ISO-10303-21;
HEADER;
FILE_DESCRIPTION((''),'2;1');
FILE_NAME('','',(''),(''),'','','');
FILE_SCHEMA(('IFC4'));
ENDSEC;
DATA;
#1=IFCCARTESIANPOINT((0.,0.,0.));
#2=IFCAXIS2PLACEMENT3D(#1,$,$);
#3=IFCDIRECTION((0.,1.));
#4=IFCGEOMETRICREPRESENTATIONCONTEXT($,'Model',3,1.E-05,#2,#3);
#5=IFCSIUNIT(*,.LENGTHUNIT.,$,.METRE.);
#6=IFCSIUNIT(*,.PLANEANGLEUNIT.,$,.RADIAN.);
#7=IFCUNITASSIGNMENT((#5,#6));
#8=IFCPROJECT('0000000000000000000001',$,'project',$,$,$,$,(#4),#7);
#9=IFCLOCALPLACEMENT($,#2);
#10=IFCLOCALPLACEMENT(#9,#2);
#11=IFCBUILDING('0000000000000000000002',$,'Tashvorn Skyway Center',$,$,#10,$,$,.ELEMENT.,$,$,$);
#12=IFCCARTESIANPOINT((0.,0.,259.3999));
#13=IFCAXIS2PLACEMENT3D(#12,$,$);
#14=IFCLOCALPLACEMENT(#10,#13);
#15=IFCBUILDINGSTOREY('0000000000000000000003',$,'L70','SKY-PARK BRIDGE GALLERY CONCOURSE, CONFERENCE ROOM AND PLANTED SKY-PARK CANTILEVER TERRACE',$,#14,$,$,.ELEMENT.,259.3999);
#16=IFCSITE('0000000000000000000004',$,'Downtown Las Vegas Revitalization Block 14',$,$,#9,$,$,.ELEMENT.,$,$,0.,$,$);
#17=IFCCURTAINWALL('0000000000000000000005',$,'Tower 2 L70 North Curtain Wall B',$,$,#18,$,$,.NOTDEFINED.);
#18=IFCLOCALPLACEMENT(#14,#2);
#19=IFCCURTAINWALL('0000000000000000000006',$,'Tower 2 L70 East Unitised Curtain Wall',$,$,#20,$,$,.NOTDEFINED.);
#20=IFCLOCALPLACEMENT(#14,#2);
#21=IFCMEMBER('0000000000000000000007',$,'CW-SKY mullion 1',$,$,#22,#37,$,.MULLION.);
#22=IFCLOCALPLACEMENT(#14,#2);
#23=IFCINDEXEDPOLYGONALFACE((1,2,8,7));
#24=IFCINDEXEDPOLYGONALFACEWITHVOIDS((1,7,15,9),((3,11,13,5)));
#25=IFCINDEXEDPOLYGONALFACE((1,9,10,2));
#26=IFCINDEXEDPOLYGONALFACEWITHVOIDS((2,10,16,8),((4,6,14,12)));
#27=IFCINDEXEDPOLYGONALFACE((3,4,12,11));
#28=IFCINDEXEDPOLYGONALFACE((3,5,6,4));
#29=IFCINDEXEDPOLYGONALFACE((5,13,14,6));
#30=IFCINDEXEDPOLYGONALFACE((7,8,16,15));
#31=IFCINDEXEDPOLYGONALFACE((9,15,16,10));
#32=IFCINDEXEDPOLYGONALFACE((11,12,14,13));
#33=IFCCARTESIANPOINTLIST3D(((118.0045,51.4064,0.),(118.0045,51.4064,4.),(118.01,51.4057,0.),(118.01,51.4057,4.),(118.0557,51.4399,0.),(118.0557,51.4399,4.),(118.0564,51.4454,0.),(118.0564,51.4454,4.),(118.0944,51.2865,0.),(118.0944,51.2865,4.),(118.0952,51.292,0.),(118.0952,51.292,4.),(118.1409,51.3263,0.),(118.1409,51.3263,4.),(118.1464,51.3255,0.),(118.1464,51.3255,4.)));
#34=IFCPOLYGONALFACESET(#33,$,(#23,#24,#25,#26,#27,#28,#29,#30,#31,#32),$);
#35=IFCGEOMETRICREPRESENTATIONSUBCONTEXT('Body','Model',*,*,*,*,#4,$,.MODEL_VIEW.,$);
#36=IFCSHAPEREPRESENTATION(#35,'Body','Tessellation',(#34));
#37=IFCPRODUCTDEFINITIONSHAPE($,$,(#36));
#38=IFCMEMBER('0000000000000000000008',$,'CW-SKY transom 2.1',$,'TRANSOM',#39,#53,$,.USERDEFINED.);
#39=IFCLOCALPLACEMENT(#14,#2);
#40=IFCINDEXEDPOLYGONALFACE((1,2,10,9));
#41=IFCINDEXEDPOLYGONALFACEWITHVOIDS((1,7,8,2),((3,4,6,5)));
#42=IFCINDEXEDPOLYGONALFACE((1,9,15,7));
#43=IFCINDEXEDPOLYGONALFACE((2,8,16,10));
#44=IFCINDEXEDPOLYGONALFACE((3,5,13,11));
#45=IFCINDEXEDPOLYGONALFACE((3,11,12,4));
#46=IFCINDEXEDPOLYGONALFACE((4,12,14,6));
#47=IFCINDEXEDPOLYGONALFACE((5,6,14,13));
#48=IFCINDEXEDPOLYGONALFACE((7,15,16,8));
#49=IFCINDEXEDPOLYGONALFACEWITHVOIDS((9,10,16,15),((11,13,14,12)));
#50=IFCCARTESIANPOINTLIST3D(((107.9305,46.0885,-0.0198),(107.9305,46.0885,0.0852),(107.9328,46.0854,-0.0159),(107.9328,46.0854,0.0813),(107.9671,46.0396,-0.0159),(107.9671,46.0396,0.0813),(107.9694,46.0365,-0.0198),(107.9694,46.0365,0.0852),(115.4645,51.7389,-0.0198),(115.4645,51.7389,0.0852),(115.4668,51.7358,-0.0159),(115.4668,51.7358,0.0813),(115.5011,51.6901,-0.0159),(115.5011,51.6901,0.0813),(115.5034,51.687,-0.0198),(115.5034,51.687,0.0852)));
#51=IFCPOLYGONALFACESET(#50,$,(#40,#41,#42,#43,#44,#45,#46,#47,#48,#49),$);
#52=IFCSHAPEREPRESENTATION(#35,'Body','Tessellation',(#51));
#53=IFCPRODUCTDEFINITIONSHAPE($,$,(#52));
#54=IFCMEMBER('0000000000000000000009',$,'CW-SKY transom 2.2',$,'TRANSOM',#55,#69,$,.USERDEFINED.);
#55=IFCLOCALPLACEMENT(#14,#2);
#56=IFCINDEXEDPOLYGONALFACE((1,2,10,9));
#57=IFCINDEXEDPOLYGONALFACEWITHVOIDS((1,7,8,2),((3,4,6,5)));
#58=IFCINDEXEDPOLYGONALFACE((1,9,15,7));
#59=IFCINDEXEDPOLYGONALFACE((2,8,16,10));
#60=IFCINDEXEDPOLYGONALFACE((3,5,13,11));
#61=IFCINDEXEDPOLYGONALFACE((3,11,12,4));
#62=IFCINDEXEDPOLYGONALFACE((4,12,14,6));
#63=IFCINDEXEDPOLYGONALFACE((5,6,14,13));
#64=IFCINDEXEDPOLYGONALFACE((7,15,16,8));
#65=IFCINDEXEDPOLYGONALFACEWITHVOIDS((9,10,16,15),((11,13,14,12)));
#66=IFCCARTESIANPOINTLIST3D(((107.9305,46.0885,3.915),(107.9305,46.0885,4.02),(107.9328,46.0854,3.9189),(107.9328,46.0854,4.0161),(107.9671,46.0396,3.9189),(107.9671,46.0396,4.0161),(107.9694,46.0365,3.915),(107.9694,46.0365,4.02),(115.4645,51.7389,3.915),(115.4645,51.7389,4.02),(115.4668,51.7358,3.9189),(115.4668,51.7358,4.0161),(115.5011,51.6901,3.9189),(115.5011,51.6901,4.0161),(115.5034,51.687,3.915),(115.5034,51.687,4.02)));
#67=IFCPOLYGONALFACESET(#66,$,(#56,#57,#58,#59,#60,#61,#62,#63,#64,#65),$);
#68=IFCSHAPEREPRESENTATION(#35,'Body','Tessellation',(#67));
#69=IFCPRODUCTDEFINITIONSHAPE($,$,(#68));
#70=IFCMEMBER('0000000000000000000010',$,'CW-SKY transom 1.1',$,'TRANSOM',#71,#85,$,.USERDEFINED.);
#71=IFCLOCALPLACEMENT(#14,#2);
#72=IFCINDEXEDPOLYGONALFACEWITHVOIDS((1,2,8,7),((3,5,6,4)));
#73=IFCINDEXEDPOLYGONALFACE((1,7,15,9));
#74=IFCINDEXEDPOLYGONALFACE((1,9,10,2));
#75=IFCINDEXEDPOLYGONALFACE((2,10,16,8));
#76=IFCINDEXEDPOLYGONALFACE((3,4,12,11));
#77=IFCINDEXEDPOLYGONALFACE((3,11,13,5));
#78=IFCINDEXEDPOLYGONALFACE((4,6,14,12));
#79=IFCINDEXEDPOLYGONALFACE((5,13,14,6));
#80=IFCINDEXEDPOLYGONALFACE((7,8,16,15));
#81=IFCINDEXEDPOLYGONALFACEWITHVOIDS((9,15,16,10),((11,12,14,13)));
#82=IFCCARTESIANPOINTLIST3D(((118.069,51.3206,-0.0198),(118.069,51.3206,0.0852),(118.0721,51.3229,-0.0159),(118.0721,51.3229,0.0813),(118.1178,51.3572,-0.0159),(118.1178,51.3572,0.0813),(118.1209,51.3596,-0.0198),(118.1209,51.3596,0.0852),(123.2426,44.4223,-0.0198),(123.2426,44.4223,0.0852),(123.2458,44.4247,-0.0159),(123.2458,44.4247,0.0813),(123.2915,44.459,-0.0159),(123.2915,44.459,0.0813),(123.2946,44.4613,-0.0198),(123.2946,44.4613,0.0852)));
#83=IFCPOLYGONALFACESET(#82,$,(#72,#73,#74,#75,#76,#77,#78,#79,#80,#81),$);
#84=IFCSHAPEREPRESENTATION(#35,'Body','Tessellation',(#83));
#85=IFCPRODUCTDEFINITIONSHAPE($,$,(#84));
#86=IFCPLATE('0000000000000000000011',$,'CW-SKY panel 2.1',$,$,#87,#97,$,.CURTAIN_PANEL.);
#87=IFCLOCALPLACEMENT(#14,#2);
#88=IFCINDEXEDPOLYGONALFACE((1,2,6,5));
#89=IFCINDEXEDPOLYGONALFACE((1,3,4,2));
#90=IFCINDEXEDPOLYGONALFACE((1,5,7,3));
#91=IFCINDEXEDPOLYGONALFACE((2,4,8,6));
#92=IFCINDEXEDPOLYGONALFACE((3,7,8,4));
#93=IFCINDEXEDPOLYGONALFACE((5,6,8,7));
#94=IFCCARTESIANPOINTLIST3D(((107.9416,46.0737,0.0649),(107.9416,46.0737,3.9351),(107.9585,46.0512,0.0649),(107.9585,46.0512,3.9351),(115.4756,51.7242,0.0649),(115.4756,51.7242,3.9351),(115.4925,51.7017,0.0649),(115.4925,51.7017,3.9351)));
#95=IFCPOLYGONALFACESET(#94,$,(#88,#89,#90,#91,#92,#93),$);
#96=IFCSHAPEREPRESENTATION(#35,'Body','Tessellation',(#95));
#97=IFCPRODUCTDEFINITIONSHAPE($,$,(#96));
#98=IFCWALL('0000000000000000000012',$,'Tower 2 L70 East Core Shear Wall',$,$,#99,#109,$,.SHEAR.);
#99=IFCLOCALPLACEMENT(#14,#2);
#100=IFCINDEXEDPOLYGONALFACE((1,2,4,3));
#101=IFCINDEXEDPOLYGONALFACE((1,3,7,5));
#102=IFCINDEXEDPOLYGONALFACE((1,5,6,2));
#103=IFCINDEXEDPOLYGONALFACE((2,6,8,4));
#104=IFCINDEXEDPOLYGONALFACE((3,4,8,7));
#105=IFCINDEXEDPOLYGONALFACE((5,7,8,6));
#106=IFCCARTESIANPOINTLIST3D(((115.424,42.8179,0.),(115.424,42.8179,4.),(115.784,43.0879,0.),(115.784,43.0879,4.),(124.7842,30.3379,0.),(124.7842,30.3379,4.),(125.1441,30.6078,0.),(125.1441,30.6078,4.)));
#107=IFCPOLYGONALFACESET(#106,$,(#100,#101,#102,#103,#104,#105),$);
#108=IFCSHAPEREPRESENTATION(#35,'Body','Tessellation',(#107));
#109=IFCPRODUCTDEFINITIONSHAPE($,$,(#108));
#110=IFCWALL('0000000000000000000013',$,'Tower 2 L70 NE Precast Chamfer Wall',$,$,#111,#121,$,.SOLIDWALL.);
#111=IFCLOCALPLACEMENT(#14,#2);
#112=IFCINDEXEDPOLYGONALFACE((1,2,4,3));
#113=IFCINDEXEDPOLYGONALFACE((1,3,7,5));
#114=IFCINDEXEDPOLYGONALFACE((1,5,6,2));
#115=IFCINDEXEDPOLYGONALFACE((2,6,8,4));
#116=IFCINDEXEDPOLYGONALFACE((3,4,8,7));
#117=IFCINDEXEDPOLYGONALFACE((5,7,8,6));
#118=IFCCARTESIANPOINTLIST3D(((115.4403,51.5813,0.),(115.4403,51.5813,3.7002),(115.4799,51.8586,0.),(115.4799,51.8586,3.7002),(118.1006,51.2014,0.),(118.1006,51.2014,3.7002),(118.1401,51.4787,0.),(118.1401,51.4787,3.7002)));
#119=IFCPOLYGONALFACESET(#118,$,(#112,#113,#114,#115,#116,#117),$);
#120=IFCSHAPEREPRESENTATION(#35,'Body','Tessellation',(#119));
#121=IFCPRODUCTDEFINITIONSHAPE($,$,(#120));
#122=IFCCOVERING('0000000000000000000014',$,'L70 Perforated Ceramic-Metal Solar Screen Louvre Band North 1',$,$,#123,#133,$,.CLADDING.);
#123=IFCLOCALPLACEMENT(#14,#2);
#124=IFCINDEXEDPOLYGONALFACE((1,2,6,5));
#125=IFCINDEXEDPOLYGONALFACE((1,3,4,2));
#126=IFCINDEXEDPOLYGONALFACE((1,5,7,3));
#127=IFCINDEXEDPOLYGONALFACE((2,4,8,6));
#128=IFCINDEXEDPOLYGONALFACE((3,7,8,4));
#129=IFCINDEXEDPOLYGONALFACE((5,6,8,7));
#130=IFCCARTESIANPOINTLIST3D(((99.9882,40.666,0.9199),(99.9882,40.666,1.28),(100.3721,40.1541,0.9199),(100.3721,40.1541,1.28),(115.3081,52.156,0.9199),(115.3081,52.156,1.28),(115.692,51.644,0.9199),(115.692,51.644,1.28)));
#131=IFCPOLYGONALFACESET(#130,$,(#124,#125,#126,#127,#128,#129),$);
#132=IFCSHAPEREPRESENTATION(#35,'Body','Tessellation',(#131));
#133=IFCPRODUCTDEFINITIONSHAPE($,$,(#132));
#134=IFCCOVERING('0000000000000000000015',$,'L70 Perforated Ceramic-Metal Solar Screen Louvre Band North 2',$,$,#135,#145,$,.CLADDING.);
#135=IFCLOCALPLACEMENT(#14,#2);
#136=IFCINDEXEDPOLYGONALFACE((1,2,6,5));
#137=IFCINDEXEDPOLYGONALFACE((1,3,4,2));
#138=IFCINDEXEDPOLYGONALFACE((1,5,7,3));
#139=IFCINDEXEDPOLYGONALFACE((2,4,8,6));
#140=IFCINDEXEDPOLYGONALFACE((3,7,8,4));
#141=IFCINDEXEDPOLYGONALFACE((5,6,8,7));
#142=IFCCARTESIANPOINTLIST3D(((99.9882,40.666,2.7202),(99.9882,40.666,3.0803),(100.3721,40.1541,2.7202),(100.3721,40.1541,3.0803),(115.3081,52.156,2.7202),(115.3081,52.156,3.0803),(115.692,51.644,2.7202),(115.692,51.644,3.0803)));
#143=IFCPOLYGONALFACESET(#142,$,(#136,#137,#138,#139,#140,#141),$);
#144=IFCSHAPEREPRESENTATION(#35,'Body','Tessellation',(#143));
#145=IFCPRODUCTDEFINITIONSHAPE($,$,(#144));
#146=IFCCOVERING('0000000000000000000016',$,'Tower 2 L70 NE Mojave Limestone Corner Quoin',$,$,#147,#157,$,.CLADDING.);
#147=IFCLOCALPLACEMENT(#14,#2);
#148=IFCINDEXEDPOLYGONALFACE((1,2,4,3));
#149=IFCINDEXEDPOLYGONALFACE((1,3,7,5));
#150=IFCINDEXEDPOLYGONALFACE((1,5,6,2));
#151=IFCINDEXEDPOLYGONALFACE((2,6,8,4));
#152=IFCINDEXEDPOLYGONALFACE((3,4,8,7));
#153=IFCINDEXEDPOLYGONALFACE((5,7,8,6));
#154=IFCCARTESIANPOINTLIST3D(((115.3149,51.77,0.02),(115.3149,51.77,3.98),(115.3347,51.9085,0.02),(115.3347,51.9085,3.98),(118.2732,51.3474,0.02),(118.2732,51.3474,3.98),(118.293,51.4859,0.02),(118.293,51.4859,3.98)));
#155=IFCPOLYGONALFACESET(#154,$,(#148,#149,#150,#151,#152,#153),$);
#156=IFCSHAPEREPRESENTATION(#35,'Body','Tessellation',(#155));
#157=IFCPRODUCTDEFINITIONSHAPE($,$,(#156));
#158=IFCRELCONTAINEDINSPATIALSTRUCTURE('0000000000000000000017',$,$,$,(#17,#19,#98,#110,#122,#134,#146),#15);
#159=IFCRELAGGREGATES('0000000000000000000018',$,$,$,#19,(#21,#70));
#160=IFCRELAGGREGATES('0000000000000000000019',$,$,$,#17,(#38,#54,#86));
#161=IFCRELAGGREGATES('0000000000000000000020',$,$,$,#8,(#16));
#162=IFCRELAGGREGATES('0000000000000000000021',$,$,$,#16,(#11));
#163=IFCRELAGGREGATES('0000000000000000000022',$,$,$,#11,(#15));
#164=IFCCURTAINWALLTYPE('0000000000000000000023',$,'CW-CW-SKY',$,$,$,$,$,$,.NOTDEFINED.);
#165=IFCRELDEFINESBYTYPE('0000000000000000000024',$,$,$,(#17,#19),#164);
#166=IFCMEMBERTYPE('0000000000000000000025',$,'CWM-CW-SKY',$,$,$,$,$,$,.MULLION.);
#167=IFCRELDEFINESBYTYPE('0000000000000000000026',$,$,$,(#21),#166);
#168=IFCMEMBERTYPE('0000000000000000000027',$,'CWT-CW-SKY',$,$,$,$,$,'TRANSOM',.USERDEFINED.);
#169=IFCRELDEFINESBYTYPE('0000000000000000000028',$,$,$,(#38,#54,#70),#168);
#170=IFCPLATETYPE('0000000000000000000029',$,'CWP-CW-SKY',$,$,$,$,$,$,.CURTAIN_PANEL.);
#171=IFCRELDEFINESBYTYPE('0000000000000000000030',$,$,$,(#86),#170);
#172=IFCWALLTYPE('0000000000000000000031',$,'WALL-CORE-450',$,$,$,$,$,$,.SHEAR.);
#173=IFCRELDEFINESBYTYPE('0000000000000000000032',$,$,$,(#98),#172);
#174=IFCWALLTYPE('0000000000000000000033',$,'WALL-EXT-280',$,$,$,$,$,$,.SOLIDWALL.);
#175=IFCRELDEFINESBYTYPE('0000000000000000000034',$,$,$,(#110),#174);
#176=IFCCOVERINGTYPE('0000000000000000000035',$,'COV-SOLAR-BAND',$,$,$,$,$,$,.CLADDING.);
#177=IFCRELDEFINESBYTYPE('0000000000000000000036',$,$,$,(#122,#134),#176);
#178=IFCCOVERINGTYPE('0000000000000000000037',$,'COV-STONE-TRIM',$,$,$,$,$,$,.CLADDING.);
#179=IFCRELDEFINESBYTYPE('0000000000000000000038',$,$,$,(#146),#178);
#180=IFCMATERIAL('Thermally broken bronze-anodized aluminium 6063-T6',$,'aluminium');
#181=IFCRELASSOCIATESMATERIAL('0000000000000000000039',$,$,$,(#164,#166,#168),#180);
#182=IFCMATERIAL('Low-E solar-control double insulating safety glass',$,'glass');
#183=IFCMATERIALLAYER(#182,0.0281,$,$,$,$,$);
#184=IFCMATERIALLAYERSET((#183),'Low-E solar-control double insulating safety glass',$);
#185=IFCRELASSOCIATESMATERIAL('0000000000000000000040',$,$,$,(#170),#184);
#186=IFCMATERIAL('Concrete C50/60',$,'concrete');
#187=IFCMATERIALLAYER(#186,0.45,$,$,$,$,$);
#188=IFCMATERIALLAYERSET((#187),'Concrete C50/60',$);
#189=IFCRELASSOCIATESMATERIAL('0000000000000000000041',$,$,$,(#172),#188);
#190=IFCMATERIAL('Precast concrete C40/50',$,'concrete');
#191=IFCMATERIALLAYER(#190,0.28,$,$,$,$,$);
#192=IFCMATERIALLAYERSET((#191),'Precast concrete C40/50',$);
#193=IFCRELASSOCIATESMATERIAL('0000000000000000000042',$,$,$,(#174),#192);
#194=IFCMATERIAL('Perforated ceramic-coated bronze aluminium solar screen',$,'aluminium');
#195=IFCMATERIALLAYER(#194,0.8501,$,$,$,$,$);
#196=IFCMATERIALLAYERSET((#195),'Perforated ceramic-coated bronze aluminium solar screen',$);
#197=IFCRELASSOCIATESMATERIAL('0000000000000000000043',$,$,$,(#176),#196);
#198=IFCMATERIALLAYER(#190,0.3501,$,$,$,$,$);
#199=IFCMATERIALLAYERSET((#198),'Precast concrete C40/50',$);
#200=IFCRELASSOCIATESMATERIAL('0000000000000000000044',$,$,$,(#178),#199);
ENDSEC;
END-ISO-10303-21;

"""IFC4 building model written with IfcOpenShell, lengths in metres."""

from ifc_helpers import new_model, si_unit, direction, frame, frame_2d, origin, origin_2d, place, context, subcontext, project, spatial, rectangle, hollow_rectangle, extrude, material, layer, layer_set, material_profile, profile_set, type_object, element, aggregate, save


model = new_model("IFC4")

# Units and contexts
model_context = context("Model", 3, precision=1e-05, world=origin(), true_north=direction((0.0, 1.0)))
body_context = subcontext(model_context, "Body", "Model", "MODEL_VIEW")
ifc_project = project(units=[si_unit("LENGTHUNIT", "METRE"), si_unit("PLANEANGLEUNIT", "RADIAN")], contexts=[model_context])

# Site, building, storey
site_placement = place(None, origin())
site = spatial("IfcSite", under=ifc_project, at=site_placement, Name="Downtown Las Vegas Revitalization Block 14", CompositionType="ELEMENT", RefElevation=0.0)
building_placement = place(site_placement, origin())
building = spatial("IfcBuilding", under=site, at=building_placement, Name="Tashvorn Skyway Center", CompositionType="ELEMENT")
storey_placement = place(building_placement, frame((0.0, 0.0, 259.3999)))
storey = spatial("IfcBuildingStorey", under=building, at=storey_placement, Name="L70", Description="SKY-PARK BRIDGE GALLERY CONCOURSE, CONFERENCE ROOM AND PLANTED SKY-PARK CANTILEVER TERRACE", CompositionType="ELEMENT", Elevation=259.3999)

# Curtain wall
ifc_material_1 = material(Name="Thermally broken bronze-anodized aluminium 6063-T6", Category="aluminium")
curtain_wall_type = type_object("IfcCurtainWallType", Name="CW-CW-SKY", PredefinedType="NOTDEFINED", material=ifc_material_1)
curtain_wall_1_placement = place(storey_placement, origin())
curtain_wall_1 = element("IfcCurtainWall", 1, at=curtain_wall_1_placement, inside=storey, type_object=curtain_wall_type, Name="Tower 2 L70 North Curtain Wall B", PredefinedType="NOTDEFINED")
ifc_material_profile_1 = material_profile(ifc_material_1, hollow_rectangle(XDim=0.0649, YDim=0.1499, WallThickness=0.0039, at=origin_2d()), Name="ALU-MULL-65x150")
ifc_profile_set_1 = profile_set([ifc_material_profile_1], Name="Thermally broken bronze-anodized aluminium 6063-T6")
member_type_1 = type_object("IfcMemberType", Name="CWM-CW-SKY", PredefinedType="MULLION", material=ifc_profile_set_1)

# Curtain wall, member
curtain_wall_2_placement = place(storey_placement, origin())
curtain_wall_2 = element("IfcCurtainWall", 2, at=curtain_wall_2_placement, inside=storey, type_object=curtain_wall_type, Name="Tower 2 L70 East Unitised Curtain Wall", PredefinedType="NOTDEFINED")
member_1_placement = place(storey_placement, frame((118.0754, 51.366, 0.0), z_axis=(0.0, 0.0, 1.0), x_axis=(0.8, 0.6, 0.0)))
member_1 = element("IfcMember", 3, at=member_1_placement, type_object=member_type_1, Name="CW-SKY mullion 1", PredefinedType="MULLION", context=body_context, shape_type="SweptSolid", body=[
    extrude(hollow_rectangle(XDim=0.0649, YDim=0.1499, WallThickness=0.0039, at=origin_2d()), origin(), (0.0, 0.0, 1.0), 4.0),
])

# Members
ifc_material_profile_2 = material_profile(ifc_material_1, hollow_rectangle(XDim=0.0649, YDim=0.105, WallThickness=0.0039, at=origin_2d()), Name="ALU-TRAN-65x105")
ifc_profile_set_2 = profile_set([ifc_material_profile_2], Name="Thermally broken bronze-anodized aluminium 6063-T6")
member_type_2 = type_object("IfcMemberType", Name="CWT-CW-SKY", ElementType="TRANSOM", PredefinedType="USERDEFINED", material=ifc_profile_set_2)
member_2_placement = place(storey_placement, frame((107.95, 46.0625, 0.0327), z_axis=(0.800003, 0.599996, 0.0), x_axis=(-0.599996, 0.800003, 0.0)))
member_2 = element("IfcMember", 4, at=member_2_placement, type_object=member_type_2, Name="CW-SKY transom 2.1", ObjectType="TRANSOM", PredefinedType="USERDEFINED", context=body_context, shape_type="SweptSolid", body=[
    extrude(hollow_rectangle(XDim=0.0649, YDim=0.105, WallThickness=0.0039, at=origin_2d()), origin(), (0.0, 0.0, 1.0), 9.4175),
])
member_3_placement = place(storey_placement, frame((107.95, 46.0625, 3.9675), z_axis=(0.800003, 0.599996, 0.0), x_axis=(-0.599996, 0.800003, 0.0)))
member_3 = element("IfcMember", 5, at=member_3_placement, type_object=member_type_2, Name="CW-SKY transom 2.2", ObjectType="TRANSOM", PredefinedType="USERDEFINED", context=body_context, shape_type="SweptSolid", body=[
    extrude(hollow_rectangle(XDim=0.0649, YDim=0.105, WallThickness=0.0039, at=origin_2d()), origin(), (0.0, 0.0, 1.0), 9.4175),
])
member_4_placement = place(storey_placement, frame((118.095, 51.3401, 0.0327), z_axis=(0.599995, -0.800003, 0.0), x_axis=(0.800003, 0.599995, 0.0)))
member_4 = element("IfcMember", 6, at=member_4_placement, type_object=member_type_2, Name="CW-SKY transom 1.1", ObjectType="TRANSOM", PredefinedType="USERDEFINED", context=body_context, shape_type="SweptSolid", body=[
    extrude(hollow_rectangle(XDim=0.0649, YDim=0.105, WallThickness=0.0039, at=origin_2d()), origin(), (0.0, 0.0, 1.0), 8.6228),
])
aggregate(curtain_wall_2, [member_1, member_4])

# Plate
ifc_material_2 = material(Name="Low-E solar-control double insulating safety glass", Category="glass")
ifc_layer_1 = layer(ifc_material_2, 0.0281)
ifc_layer_set_1 = layer_set([ifc_layer_1], Name="Low-E solar-control double insulating safety glass")
plate_type = type_object("IfcPlateType", Name="CWP-CW-SKY", PredefinedType="CURTAIN_PANEL", material=ifc_layer_set_1)
plate_placement = place(storey_placement, frame((111.717, 48.8877, 0.0649), z_axis=(0.0, 0.0, 1.0), x_axis=(0.8, 0.6, 0.0)))
plate = element("IfcPlate", 7, at=plate_placement, type_object=plate_type, Name="CW-SKY panel 2.1", PredefinedType="CURTAIN_PANEL", context=body_context, shape_type="SweptSolid", body=[
    extrude(rectangle(XDim=9.4175, YDim=0.0281, at=origin_2d()), origin(), (0.0, 0.0, 1.0), 3.8701),
])
aggregate(curtain_wall_1, [member_2, member_3, plate])

# Walls
ifc_material_3 = material(Name="Concrete C50/60", Category="concrete")
ifc_layer_2 = layer(ifc_material_3, 0.45)
ifc_layer_set_2 = layer_set([ifc_layer_2], Name="Concrete C50/60")
wall_type_1 = type_object("IfcWallType", Name="WALL-CORE-450", PredefinedType="SHEAR", material=ifc_layer_set_2)
wall_1_placement = place(storey_placement, frame((115.604, 42.9529, 0.0), z_axis=(0.0, 0.0, 1.0), x_axis=(0.600005, -0.799996, 0.0)))
element("IfcWall", 8, at=wall_1_placement, inside=storey, type_object=wall_type_1, Name="Tower 2 L70 East Core Shear Wall", PredefinedType="SHEAR", context=body_context, shape_type="SweptSolid", body=[
    extrude(rectangle(XDim=15.6001, YDim=0.45, at=frame_2d((7.8, 0.0))), origin(), (0.0, 0.0, 1.0), 4.0),
])
ifc_material_4 = material(Name="Precast concrete C40/50", Category="concrete")
ifc_layer_3 = layer(ifc_material_4, 0.28)
ifc_layer_set_3 = layer_set([ifc_layer_3], Name="Precast concrete C40/50")
wall_type_2 = type_object("IfcWallType", Name="WALL-EXT-280", PredefinedType="SOLIDWALL", material=ifc_layer_set_3)
wall_2_placement = place(storey_placement, frame((115.46, 51.72, 0.0), z_axis=(0.0, 0.0, 1.0), x_axis=(0.989957, -0.14137, 0.0)))
element("IfcWall", 9, at=wall_2_placement, inside=storey, type_object=wall_type_2, Name="Tower 2 L70 NE Precast Chamfer Wall", PredefinedType="SOLIDWALL", context=body_context, shape_type="SweptSolid", body=[
    extrude(rectangle(XDim=2.6873, YDim=0.28, at=frame_2d((1.3438, 0.0))), origin(), (0.0, 0.0, 1.0), 3.7002),
])

# Coverings
ifc_material_5 = material(Name="Perforated ceramic-coated bronze aluminium solar screen", Category="aluminium")
ifc_layer_4 = layer(ifc_material_5, 0.8501)
ifc_layer_set_4 = layer_set([ifc_layer_4], Name="Perforated ceramic-coated bronze aluminium solar screen")
covering_type_1 = type_object("IfcCoveringType", Name="COV-SOLAR-BAND", PredefinedType="CLADDING", material=ifc_layer_set_4)
for number, where, z_axis, x_axis, name in (
    (10, (107.8401, 46.155, 0.9199), (0.0, 0.0, 1.0), (0.8, 0.6, 0.0), "L70 Perforated Ceramic-Metal Solar Screen Louvre Band North 1"),
    (11, (107.8401, 46.155, 2.7202), (0.0, 0.0, 1.0), (0.8, 0.6, 0.0), "L70 Perforated Ceramic-Metal Solar Screen Louvre Band North 2"),
):
    element("IfcCovering", number, at=place(storey_placement, frame(where, z_axis=z_axis, x_axis=x_axis)), inside=storey, type_object=covering_type_1, Name=name, PredefinedType="CLADDING", context=body_context, shape_type="SweptSolid", body=[
        extrude(rectangle(XDim=19.1499, YDim=0.6399, at=origin_2d()), origin(), (0.0, 0.0, 1.0), 0.3601),
    ])
ifc_layer_5 = layer(ifc_material_4, 0.3501)
ifc_layer_set_5 = layer_set([ifc_layer_5], Name="Precast concrete C40/50")
covering_type_2 = type_object("IfcCoveringType", Name="COV-STONE-TRIM", PredefinedType="CLADDING", material=ifc_layer_set_5)
covering_placement = place(storey_placement, frame((116.804, 51.6279, 0.02), z_axis=(0.0, 0.0, 1.0), x_axis=(0.989949, -0.141421, 0.0)))
element("IfcCovering", 12, at=covering_placement, inside=storey, type_object=covering_type_2, Name="Tower 2 L70 NE Mojave Limestone Corner Quoin", PredefinedType="CLADDING", context=body_context, shape_type="SweptSolid", body=[
    extrude(rectangle(XDim=2.9883, YDim=0.1399, at=origin_2d()), origin(), (0.0, 0.0, 1.0), 3.96),
])

save(model, "model.ifc")
